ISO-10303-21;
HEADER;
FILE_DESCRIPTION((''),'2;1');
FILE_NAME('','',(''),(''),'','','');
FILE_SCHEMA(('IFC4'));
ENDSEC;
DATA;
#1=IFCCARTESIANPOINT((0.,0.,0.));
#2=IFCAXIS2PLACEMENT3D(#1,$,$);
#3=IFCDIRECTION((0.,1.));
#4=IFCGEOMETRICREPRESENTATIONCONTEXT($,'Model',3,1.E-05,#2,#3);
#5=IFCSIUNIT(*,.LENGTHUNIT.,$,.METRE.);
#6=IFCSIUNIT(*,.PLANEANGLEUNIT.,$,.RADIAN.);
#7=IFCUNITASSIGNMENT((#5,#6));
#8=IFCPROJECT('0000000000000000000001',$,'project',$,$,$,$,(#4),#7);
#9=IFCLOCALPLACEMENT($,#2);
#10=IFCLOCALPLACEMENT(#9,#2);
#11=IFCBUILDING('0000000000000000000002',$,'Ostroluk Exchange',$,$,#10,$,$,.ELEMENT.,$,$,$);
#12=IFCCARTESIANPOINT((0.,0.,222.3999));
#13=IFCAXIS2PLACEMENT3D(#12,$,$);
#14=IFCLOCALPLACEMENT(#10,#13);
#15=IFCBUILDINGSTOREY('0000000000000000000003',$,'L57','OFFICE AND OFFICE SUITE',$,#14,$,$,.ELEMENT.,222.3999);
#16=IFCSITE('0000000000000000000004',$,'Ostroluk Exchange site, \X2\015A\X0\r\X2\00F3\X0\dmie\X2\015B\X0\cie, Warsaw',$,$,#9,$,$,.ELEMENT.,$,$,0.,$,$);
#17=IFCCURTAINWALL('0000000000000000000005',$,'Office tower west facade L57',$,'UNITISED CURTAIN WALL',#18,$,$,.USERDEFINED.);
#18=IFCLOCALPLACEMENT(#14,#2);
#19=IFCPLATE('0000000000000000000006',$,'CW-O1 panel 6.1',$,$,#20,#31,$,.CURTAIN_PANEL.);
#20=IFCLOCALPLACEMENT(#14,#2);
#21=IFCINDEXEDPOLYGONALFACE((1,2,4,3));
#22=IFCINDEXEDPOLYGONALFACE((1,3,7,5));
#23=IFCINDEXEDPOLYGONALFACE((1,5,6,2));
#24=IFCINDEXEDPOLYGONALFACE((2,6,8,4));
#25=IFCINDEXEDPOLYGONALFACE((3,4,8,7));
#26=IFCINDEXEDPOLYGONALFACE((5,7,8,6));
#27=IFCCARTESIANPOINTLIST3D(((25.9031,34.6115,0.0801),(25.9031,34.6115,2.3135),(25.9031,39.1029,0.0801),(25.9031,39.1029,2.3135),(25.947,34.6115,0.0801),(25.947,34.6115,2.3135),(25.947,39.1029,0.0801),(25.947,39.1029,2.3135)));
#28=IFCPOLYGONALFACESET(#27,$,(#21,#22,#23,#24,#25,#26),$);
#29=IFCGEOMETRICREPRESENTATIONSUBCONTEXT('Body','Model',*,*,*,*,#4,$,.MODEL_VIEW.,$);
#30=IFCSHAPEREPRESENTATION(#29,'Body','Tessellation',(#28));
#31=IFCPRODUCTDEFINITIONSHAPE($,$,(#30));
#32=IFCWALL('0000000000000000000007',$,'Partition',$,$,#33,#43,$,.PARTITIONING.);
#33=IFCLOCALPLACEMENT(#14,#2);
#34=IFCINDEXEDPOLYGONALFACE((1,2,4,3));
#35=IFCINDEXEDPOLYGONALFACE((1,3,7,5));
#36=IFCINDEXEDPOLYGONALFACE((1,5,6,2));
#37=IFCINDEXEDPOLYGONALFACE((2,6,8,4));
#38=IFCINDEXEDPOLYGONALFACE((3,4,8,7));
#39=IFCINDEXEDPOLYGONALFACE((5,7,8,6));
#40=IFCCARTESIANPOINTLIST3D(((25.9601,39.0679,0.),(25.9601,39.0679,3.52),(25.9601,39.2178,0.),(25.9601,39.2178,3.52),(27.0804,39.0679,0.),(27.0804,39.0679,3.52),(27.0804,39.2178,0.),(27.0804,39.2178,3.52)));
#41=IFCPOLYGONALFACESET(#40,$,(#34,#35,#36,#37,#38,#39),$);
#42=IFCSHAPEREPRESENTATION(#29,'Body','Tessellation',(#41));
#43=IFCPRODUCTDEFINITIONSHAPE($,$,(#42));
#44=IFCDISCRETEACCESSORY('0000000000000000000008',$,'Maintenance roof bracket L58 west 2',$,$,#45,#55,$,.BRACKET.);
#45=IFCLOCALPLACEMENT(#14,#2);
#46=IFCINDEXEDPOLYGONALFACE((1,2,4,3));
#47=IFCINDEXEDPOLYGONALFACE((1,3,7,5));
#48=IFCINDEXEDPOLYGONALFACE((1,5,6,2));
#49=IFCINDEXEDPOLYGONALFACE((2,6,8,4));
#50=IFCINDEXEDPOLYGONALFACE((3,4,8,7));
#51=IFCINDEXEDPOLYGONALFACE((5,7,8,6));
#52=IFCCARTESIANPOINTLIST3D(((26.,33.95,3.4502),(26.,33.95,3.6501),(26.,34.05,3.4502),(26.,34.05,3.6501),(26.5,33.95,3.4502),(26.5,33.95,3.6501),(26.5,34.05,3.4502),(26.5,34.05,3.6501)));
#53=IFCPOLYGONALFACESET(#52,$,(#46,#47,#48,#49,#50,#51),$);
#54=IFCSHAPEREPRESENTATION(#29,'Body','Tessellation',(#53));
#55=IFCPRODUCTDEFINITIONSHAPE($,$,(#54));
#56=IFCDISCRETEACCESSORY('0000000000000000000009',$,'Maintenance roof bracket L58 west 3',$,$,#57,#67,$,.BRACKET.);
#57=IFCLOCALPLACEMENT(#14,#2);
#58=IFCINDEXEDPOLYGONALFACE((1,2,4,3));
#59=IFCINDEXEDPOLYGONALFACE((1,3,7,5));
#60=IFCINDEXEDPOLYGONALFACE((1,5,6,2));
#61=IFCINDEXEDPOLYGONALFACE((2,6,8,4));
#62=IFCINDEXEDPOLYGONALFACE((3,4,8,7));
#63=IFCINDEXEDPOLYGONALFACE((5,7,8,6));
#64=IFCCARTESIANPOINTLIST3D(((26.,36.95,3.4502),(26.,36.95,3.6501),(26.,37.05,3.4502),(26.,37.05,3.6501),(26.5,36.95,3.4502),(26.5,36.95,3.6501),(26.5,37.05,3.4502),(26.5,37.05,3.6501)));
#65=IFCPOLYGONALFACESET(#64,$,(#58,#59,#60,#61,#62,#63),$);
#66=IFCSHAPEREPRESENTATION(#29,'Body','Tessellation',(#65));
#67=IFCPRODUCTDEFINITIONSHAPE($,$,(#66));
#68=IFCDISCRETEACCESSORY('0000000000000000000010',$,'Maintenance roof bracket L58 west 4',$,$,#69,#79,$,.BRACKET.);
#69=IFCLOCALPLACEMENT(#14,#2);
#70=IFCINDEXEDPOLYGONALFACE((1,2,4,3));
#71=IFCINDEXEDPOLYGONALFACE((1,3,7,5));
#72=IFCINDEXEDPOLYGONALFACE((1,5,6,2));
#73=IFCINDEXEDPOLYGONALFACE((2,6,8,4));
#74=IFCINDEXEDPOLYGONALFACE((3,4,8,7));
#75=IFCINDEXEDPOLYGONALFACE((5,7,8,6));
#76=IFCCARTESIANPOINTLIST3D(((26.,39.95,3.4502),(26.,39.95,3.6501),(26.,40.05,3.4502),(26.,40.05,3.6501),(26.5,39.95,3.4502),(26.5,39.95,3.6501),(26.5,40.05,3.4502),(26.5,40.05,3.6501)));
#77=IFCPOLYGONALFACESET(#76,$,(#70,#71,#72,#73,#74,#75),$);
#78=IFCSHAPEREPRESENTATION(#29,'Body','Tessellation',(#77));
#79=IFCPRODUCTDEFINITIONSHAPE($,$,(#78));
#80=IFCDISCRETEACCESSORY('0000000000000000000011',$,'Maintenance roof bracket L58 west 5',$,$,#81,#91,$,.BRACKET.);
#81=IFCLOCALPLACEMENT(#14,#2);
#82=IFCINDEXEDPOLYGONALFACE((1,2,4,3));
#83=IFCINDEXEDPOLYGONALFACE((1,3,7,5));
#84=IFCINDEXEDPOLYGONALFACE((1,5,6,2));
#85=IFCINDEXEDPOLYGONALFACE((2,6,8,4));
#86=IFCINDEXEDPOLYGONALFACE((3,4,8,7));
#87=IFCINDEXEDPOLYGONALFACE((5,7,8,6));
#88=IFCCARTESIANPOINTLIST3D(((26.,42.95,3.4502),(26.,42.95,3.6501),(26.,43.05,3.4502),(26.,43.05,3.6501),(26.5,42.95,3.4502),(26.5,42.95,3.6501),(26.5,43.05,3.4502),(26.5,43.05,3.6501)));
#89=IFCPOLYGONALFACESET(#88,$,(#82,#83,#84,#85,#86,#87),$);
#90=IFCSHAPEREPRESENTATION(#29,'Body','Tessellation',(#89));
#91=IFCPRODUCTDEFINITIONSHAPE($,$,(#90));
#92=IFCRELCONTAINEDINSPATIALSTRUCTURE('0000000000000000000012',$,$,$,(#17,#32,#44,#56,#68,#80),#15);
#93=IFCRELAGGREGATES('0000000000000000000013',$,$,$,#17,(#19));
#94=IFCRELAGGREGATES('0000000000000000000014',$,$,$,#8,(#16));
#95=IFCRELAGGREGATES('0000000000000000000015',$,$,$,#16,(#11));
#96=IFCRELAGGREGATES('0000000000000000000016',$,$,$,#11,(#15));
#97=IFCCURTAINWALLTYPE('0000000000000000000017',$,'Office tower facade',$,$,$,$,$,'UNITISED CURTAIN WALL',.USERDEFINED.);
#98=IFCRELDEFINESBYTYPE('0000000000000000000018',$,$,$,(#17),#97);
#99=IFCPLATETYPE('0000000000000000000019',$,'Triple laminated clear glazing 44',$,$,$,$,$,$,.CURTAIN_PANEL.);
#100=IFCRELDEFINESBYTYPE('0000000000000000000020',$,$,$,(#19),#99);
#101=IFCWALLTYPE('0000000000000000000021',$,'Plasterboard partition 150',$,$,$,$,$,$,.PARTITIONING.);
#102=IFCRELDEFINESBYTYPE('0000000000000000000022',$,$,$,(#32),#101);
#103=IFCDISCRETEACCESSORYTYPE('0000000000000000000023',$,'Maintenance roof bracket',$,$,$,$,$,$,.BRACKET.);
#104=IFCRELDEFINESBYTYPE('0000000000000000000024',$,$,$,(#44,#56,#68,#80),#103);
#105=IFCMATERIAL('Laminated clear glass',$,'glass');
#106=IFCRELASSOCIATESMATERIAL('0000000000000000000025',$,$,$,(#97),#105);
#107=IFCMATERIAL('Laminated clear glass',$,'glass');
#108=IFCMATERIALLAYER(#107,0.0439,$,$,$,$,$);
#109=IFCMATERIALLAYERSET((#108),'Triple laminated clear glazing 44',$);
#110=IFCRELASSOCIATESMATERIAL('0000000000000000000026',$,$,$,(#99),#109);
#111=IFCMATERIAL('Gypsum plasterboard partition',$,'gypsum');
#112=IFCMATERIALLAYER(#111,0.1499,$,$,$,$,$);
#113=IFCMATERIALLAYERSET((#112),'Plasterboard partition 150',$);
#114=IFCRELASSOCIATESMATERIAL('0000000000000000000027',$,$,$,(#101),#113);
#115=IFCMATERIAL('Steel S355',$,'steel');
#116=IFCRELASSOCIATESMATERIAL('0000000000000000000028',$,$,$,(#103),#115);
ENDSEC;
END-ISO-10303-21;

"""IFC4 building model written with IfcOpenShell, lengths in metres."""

from ifc_helpers import new_model, si_unit, direction, frame, frame_2d, origin, origin_2d, place, context, subcontext, project, spatial, rectangle, extrude, material, layer, layer_set, type_object, element, aggregate, save


model = new_model("IFC4")

# Units and contexts
model_context = context("Model", 3, precision=1e-05, world=origin(), true_north=direction((0.0, 1.0)))
body_context = subcontext(model_context, "Body", "Model", "MODEL_VIEW")
ifc_project = project(units=[si_unit("LENGTHUNIT", "METRE"), si_unit("PLANEANGLEUNIT", "RADIAN")], contexts=[model_context])

# Site, building, storey
site_placement = place(None, origin())
site = spatial("IfcSite", under=ifc_project, at=site_placement, Name="Ostroluk Exchange site, Śródmieście, Warsaw", CompositionType="ELEMENT", RefElevation=0.0)
building_placement = place(site_placement, origin())
building = spatial("IfcBuilding", under=site, at=building_placement, Name="Ostroluk Exchange", CompositionType="ELEMENT")
storey_placement = place(building_placement, frame((0.0, 0.0, 222.3999)))
storey = spatial("IfcBuildingStorey", under=building, at=storey_placement, Name="L57", Description="OFFICE AND OFFICE SUITE", CompositionType="ELEMENT", Elevation=222.3999)

# Curtain wall
ifc_material_1 = material(Name="Laminated clear glass", Category="glass")
curtain_wall_type = type_object("IfcCurtainWallType", Name="Office tower facade", ElementType="UNITISED CURTAIN WALL", PredefinedType="USERDEFINED", material=ifc_material_1)
curtain_wall_1_placement = place(storey_placement, origin())
curtain_wall_1 = element("IfcCurtainWall", 1, at=curtain_wall_1_placement, inside=storey, type_object=curtain_wall_type, Name="Office tower west facade L57", ObjectType="UNITISED CURTAIN WALL", PredefinedType="USERDEFINED")

# Plate
ifc_material_2 = material(Name="Laminated clear glass", Category="glass")
ifc_layer_1 = layer(ifc_material_2, 0.0439)
ifc_layer_set_1 = layer_set([ifc_layer_1], Name="Triple laminated clear glazing 44")
plate_type_1 = type_object("IfcPlateType", Name="Triple laminated clear glazing 44", PredefinedType="CURTAIN_PANEL", material=ifc_layer_set_1)
plate_1_placement = place(storey_placement, frame((25.925, 36.8572, 0.0801), z_axis=(0.0, 0.0, 1.0), x_axis=(0.0, -1.0, 0.0)))
plate_1 = element("IfcPlate", 2, at=plate_1_placement, type_object=plate_type_1, Name="CW-O1 panel 6.1", PredefinedType="CURTAIN_PANEL", context=body_context, shape_type="SweptSolid", body=[
    extrude(rectangle(XDim=4.4915, YDim=0.0439, at=origin_2d()), origin(), (0.0, 0.0, 1.0), 2.2334),
])
aggregate(curtain_wall_1, [plate_1])

# Wall
ifc_material_3 = material(Name="Gypsum plasterboard partition", Category="gypsum")
ifc_layer_2 = layer(ifc_material_3, 0.1499)
ifc_layer_set_2 = layer_set([ifc_layer_2], Name="Plasterboard partition 150")
wall_type = type_object("IfcWallType", Name="Plasterboard partition 150", PredefinedType="PARTITIONING", material=ifc_layer_set_2)
wall_placement = place(storey_placement, frame((27.0803, 39.1428, 0.0), z_axis=(0.0, 0.0, 1.0), x_axis=(-1.0, 0.0, 0.0)))
element("IfcWall", 3, at=wall_placement, inside=storey, type_object=wall_type, Name="Partition", PredefinedType="PARTITIONING", context=body_context, shape_type="SweptSolid", body=[
    extrude(rectangle(XDim=1.1204, YDim=0.1499, at=frame_2d((0.5601, 0.0))), origin(), (0.0, 0.0, 1.0), 3.52),
])

# Discrete accessories
ifc_material_4 = material(Name="Steel S355", Category="steel")
discrete_accessory_type = type_object("IfcDiscreteAccessoryType", Name="Maintenance roof bracket", PredefinedType="BRACKET", material=ifc_material_4)
for number, where, z_axis, x_axis, name in (
    (4, (26.25, 34.0, 3.4502), (0.0, 0.0, 1.0), (1.0, 0.0, 0.0), "Maintenance roof bracket L58 west 2"),
    (5, (26.25, 37.0, 3.4502), (0.0, 0.0, 1.0), (1.0, 0.0, 0.0), "Maintenance roof bracket L58 west 3"),
    (6, (26.25, 40.0, 3.4502), (0.0, 0.0, 1.0), (1.0, 0.0, 0.0), "Maintenance roof bracket L58 west 4"),
    (7, (26.25, 43.0, 3.4502), (0.0, 0.0, 1.0), (1.0, 0.0, 0.0), "Maintenance roof bracket L58 west 5"),
):
    element("IfcDiscreteAccessory", number, at=place(storey_placement, frame(where, z_axis=z_axis, x_axis=x_axis)), inside=storey, type_object=discrete_accessory_type, Name=name, PredefinedType="BRACKET", context=body_context, shape_type="SweptSolid", body=[
        extrude(rectangle(XDim=0.5, YDim=0.1001, at=origin_2d()), origin(), (0.0, 0.0, 1.0), 0.2),
    ])

save(model, "model.ifc")
